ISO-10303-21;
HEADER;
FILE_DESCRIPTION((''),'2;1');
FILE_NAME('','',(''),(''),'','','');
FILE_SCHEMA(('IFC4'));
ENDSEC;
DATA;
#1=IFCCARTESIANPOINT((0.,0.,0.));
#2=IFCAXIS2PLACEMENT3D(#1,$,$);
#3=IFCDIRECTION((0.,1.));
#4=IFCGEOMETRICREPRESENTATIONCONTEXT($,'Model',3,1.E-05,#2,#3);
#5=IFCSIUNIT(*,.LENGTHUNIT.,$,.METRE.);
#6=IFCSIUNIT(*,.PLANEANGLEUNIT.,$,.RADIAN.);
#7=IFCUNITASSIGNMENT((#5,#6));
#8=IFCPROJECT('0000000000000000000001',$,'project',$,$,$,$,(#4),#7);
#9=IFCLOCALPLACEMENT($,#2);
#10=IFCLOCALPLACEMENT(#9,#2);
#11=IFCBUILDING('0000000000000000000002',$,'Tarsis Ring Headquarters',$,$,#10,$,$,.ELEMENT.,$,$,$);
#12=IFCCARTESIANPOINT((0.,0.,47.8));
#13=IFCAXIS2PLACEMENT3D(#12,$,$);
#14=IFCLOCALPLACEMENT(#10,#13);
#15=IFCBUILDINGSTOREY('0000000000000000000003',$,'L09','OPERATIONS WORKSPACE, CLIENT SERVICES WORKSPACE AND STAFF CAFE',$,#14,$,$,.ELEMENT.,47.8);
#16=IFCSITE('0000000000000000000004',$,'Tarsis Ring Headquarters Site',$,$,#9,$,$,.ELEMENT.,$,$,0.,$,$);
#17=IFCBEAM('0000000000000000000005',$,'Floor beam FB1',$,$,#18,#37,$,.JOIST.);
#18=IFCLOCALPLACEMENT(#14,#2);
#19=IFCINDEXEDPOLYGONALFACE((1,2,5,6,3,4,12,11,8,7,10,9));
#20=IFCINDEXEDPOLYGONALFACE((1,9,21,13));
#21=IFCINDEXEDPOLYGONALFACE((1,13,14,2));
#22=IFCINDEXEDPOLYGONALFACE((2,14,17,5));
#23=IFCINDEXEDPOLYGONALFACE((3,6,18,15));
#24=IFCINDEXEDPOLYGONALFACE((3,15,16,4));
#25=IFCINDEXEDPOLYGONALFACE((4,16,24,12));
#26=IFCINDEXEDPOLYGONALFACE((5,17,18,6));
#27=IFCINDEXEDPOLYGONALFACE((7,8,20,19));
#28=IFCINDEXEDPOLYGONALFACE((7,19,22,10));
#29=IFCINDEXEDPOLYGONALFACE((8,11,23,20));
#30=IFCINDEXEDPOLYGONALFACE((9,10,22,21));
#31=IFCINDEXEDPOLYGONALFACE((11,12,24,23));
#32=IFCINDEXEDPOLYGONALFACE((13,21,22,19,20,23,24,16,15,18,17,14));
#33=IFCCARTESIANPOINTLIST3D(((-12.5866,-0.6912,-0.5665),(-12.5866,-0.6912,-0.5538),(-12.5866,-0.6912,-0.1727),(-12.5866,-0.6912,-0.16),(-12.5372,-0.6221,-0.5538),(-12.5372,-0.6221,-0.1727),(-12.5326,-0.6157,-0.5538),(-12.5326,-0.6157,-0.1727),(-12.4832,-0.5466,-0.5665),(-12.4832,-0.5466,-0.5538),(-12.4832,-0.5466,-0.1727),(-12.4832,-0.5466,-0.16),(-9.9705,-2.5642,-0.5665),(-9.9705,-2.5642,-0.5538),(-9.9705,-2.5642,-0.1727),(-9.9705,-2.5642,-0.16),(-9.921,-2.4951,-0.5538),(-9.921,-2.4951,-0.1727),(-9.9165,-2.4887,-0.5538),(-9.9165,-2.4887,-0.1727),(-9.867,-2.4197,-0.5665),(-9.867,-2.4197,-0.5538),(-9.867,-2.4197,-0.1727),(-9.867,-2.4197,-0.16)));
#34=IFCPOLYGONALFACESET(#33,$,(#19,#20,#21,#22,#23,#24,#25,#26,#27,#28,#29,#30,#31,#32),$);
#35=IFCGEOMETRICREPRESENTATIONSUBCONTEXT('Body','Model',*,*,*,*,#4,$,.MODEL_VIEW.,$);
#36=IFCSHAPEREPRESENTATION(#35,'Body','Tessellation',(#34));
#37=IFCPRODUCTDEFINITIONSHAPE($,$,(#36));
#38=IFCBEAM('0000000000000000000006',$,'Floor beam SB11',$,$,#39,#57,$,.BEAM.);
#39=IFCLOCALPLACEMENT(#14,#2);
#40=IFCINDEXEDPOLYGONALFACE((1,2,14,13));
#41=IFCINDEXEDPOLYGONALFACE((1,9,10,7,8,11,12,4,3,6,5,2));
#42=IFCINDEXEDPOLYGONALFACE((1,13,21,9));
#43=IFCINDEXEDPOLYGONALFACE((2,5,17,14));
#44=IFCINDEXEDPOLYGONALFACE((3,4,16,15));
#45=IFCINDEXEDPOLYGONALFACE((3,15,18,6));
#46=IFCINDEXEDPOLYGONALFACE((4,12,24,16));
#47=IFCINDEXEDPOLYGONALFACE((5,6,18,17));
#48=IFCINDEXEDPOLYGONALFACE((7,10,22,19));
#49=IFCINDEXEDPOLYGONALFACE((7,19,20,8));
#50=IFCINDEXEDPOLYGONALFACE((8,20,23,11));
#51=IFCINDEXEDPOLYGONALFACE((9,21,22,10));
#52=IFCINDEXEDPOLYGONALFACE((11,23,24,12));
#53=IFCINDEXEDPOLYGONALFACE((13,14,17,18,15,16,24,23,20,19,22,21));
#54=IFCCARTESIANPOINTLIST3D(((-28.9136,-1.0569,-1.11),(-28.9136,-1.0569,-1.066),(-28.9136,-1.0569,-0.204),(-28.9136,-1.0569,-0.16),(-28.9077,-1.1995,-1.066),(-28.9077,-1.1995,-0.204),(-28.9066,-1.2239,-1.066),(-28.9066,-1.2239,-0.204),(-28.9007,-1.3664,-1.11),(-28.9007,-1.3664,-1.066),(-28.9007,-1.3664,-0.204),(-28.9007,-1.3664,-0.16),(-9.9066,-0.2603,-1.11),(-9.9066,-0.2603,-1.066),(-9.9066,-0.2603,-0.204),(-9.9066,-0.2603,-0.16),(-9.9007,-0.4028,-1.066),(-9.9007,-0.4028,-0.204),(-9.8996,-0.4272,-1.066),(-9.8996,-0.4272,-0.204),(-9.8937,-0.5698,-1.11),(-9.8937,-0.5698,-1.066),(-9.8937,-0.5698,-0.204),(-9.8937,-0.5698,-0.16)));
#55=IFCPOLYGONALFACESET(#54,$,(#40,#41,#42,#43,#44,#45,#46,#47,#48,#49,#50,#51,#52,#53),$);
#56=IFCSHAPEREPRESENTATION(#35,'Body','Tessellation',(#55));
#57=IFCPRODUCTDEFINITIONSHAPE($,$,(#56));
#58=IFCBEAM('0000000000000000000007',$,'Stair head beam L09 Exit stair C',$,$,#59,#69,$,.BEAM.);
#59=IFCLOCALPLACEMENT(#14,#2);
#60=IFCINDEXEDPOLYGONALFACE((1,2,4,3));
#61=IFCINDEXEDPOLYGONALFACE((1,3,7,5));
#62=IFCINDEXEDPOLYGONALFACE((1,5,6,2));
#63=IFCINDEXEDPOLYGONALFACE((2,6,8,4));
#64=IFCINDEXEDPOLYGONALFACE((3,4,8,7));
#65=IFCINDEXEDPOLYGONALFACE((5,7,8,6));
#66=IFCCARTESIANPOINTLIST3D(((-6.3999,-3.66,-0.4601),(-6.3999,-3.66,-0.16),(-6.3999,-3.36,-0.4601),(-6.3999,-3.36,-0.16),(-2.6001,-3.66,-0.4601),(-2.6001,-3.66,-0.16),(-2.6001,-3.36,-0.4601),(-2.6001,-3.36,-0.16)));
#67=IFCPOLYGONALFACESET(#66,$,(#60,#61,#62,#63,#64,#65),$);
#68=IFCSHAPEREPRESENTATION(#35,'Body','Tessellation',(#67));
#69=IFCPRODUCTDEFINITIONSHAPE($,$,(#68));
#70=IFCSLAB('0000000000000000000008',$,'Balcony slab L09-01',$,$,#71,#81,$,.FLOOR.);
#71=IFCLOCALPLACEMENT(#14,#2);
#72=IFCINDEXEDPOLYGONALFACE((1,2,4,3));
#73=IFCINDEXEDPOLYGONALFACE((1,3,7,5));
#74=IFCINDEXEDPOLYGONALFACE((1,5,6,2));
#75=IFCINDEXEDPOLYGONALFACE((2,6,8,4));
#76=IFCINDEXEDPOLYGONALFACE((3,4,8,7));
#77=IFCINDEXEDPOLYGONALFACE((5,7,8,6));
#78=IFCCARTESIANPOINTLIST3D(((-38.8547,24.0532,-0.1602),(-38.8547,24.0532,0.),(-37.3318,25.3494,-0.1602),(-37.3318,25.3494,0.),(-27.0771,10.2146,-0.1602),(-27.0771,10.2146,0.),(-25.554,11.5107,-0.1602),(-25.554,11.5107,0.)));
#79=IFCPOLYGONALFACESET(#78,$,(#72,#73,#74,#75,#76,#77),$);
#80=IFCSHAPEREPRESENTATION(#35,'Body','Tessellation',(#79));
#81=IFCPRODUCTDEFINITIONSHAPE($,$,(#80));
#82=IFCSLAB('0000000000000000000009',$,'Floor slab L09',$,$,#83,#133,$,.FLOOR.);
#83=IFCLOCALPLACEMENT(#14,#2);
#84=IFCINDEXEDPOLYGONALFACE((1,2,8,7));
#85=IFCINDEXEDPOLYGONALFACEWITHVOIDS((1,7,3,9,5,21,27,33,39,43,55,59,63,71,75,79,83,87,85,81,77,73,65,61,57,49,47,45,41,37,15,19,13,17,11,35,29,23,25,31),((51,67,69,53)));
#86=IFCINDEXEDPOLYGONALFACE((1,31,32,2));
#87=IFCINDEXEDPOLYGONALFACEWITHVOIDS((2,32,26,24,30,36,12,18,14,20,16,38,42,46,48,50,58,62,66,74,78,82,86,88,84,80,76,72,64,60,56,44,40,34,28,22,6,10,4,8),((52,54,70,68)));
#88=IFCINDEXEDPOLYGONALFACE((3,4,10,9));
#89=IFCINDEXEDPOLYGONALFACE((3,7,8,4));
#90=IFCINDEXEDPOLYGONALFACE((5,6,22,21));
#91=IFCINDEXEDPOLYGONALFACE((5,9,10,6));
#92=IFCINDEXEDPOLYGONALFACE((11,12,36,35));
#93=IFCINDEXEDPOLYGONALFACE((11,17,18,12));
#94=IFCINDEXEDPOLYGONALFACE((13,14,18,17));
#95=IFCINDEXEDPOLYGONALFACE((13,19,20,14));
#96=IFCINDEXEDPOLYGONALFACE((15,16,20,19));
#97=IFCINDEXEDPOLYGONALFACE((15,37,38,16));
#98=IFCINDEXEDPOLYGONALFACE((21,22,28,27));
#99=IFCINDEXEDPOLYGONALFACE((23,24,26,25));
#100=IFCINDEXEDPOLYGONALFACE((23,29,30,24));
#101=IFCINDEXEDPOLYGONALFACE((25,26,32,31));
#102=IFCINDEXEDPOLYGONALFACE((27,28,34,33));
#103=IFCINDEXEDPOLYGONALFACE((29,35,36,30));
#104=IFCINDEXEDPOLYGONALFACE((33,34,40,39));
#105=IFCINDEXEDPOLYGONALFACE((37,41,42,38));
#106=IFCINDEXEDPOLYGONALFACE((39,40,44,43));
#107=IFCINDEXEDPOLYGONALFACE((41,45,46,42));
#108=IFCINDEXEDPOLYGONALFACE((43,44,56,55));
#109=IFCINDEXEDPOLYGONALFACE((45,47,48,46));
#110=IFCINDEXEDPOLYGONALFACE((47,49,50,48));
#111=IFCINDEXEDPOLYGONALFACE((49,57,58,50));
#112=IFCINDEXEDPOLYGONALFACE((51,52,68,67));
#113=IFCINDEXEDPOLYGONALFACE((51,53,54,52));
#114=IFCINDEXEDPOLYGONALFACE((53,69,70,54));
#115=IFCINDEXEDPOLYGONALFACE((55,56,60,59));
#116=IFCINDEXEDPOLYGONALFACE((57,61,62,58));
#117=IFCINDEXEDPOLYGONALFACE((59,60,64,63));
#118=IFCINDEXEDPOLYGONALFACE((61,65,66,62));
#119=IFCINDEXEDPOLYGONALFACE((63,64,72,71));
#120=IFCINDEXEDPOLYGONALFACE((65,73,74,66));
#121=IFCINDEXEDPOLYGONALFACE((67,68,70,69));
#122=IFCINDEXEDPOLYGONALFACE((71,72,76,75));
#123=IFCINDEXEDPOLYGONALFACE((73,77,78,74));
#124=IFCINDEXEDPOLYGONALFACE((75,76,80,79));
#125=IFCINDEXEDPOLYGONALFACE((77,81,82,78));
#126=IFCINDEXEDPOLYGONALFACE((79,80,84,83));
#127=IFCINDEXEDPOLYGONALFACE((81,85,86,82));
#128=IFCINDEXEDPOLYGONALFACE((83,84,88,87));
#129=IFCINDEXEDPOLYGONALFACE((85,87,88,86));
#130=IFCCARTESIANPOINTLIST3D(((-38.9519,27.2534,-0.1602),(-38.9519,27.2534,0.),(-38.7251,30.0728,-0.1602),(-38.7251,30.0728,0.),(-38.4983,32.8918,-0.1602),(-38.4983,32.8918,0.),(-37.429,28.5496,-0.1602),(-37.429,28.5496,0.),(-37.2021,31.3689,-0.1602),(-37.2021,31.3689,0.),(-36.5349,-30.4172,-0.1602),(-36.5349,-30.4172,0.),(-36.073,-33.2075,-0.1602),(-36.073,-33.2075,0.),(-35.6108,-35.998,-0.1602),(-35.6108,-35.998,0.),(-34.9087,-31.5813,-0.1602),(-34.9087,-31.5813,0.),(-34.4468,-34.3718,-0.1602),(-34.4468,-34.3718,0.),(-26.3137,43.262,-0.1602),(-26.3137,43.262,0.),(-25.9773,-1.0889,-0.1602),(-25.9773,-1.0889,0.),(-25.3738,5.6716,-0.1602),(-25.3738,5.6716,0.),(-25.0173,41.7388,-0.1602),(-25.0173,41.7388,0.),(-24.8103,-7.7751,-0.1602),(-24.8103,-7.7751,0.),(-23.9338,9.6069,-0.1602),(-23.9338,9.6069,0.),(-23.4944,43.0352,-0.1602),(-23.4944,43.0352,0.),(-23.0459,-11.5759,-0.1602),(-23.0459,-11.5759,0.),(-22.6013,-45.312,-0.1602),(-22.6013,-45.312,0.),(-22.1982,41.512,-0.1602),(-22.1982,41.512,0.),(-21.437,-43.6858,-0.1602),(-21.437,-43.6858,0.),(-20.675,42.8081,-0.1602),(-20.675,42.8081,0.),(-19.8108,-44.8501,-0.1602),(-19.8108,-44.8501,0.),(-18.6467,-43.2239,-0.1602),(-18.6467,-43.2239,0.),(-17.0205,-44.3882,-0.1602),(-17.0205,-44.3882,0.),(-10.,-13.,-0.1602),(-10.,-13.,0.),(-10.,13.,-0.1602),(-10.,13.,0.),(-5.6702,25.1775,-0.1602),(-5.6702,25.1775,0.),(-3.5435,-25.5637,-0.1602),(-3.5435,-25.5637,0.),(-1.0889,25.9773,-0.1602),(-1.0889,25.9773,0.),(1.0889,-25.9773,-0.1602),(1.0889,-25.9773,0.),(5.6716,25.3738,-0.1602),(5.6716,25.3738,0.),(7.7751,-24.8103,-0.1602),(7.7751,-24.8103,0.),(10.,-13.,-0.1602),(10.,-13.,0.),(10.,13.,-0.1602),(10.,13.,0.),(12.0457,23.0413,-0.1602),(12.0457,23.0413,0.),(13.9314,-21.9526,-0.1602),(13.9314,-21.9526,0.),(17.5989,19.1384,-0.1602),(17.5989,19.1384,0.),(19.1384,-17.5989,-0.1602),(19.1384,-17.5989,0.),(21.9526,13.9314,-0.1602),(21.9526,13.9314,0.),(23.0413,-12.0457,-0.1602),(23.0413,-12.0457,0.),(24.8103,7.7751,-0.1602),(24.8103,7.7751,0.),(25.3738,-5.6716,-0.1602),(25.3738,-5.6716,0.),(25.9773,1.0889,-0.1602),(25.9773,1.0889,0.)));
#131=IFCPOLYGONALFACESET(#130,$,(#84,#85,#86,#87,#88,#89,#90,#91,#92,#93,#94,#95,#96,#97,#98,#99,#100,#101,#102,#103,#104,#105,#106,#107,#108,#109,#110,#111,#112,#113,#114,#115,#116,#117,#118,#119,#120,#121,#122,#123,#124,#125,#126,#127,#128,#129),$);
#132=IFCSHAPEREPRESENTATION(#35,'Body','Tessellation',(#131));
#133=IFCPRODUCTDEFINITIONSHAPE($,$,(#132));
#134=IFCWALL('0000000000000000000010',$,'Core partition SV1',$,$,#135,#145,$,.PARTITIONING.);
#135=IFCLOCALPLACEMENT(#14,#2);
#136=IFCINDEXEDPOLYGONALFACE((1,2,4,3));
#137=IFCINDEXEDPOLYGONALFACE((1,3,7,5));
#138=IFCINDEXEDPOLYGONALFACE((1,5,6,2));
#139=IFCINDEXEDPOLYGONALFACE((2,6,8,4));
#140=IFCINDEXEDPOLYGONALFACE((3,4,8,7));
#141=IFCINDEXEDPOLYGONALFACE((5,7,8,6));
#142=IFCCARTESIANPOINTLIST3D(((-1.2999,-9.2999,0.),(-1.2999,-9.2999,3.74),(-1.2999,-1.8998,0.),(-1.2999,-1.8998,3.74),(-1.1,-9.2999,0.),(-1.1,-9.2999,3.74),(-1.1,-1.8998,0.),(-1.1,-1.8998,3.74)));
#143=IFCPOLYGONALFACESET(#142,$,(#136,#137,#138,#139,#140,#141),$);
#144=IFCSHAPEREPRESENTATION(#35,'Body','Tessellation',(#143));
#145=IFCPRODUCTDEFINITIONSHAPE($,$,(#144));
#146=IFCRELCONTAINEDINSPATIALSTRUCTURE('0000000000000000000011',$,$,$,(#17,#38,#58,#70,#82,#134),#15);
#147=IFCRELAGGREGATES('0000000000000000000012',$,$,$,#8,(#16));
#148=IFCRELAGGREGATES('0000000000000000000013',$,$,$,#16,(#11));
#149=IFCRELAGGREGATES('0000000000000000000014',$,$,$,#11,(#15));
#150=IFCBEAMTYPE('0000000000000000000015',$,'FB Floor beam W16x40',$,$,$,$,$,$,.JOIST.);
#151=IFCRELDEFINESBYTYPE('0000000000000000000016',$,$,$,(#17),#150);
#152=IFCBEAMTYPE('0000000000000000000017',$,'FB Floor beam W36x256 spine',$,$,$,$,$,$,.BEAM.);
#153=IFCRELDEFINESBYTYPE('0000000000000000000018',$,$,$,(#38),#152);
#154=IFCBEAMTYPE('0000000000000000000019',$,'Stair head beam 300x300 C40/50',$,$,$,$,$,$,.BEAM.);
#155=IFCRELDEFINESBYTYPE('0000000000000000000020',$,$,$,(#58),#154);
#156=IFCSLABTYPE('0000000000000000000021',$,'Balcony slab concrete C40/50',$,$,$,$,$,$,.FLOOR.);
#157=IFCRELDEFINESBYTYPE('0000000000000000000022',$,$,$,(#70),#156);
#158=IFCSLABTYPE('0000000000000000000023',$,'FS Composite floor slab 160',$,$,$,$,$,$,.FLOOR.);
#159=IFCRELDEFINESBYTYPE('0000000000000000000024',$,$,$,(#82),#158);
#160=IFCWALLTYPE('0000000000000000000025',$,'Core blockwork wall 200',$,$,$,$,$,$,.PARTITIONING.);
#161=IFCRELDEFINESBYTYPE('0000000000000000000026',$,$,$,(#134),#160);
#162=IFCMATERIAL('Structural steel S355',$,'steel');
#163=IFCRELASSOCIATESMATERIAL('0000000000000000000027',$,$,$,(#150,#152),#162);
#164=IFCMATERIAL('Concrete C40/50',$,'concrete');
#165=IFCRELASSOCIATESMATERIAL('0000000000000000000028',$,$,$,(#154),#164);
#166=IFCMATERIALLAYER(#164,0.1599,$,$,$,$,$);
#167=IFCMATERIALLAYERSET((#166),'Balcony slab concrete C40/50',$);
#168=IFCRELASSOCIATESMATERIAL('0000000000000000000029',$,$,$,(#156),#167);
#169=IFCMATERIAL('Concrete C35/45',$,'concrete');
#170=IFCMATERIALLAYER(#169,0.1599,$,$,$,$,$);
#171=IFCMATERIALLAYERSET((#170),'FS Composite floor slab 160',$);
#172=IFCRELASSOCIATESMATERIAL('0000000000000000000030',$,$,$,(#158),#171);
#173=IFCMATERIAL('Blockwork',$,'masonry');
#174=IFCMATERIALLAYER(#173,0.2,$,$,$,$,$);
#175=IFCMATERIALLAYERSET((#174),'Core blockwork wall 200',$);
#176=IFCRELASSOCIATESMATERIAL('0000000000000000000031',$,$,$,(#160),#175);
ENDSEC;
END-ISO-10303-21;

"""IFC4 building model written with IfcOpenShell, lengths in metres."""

from ifc_helpers import new_model, si_unit, direction, frame, frame_2d, origin, origin_2d, place, context, subcontext, project, spatial, polyline, rectangle, i_section, outline, extrude, material, layer, layer_set, material_profile, profile_set, type_object, element, save


model = new_model("IFC4")

# Units and contexts
model_context = context("Model", 3, precision=1e-05, world=origin(), true_north=direction((0.0, 1.0)))
body_context = subcontext(model_context, "Body", "Model", "MODEL_VIEW")
ifc_project = project(units=[si_unit("LENGTHUNIT", "METRE"), si_unit("PLANEANGLEUNIT", "RADIAN")], contexts=[model_context])

# Site, building, storey
site_placement = place(None, origin())
site = spatial("IfcSite", under=ifc_project, at=site_placement, Name="Tarsis Ring Headquarters Site", CompositionType="ELEMENT", RefElevation=0.0)
building_placement = place(site_placement, origin())
building = spatial("IfcBuilding", under=site, at=building_placement, Name="Tarsis Ring Headquarters", CompositionType="ELEMENT")
storey_placement = place(building_placement, frame((0.0, 0.0, 47.8)))
storey = spatial("IfcBuildingStorey", under=building, at=storey_placement, Name="L09", Description="OPERATIONS WORKSPACE, CLIENT SERVICES WORKSPACE AND STAFF CAFE", CompositionType="ELEMENT", Elevation=47.8)

# Beams
ifc_material_1 = material(Name="Structural steel S355", Category="steel")
ifc_material_profile_1 = material_profile(ifc_material_1, i_section(OverallWidth=0.1777, OverallDepth=0.4065, WebThickness=0.0078, FlangeThickness=0.0127, at=origin_2d()), Name="W16x40")
ifc_profile_set_1 = profile_set([ifc_material_profile_1], Name="Structural steel S355")
beam_type_1 = type_object("IfcBeamType", Name="FB Floor beam W16x40", PredefinedType="JOIST", material=ifc_profile_set_1)
beam_1_placement = place(storey_placement, frame((-12.5349, -0.6189, -0.3633), z_axis=(0.813097, -0.582128, 0.0), x_axis=(0.582128, 0.813097, 0.0)))
element("IfcBeam", 1, at=beam_1_placement, inside=storey, type_object=beam_type_1, Name="Floor beam FB1", PredefinedType="JOIST", context=body_context, shape_type="SweptSolid", body=[
    extrude(i_section(OverallWidth=0.1777, OverallDepth=0.4065, WebThickness=0.0078, FlangeThickness=0.0127, at=origin_2d()), origin(), (0.0, 0.0, 1.0), 3.2175),
])
ifc_material_profile_2 = material_profile(ifc_material_1, i_section(OverallWidth=0.3098, OverallDepth=0.95, WebThickness=0.0244, FlangeThickness=0.0439, at=origin_2d()), Name="W36x256")
ifc_profile_set_2 = profile_set([ifc_material_profile_2], Name="Structural steel S355")
beam_type_2 = type_object("IfcBeamType", Name="FB Floor beam W36x256 spine", PredefinedType="BEAM", material=ifc_profile_set_2)
beam_2_placement = place(storey_placement, frame((-9.9001, -0.415, -0.635), z_axis=(-0.999123, -0.041876, 0.0), x_axis=(0.041876, -0.999123, 0.0)))
element("IfcBeam", 2, at=beam_2_placement, inside=storey, type_object=beam_type_2, Name="Floor beam SB11", PredefinedType="BEAM", context=body_context, shape_type="SweptSolid", body=[
    extrude(i_section(OverallWidth=0.3098, OverallDepth=0.95, WebThickness=0.0244, FlangeThickness=0.0439, at=origin_2d()), origin(), (0.0, 0.0, 1.0), 19.0237),
])
ifc_material_2 = material(Name="Concrete C40/50", Category="concrete")
ifc_material_profile_3 = material_profile(ifc_material_2, rectangle(XDim=0.3, YDim=0.3, at=origin_2d()), Name="Stair head beam 300x300 C40/50")
ifc_profile_set_3 = profile_set([ifc_material_profile_3], Name="Concrete C40/50")
beam_type_3 = type_object("IfcBeamType", Name="Stair head beam 300x300 C40/50", PredefinedType="BEAM", material=ifc_profile_set_3)
beam_3_placement = place(storey_placement, frame((-6.3999, -3.51, -0.3101), z_axis=(1.0, 0.0, 0.0), x_axis=(0.0, 1.0, 0.0)))
element("IfcBeam", 3, at=beam_3_placement, inside=storey, type_object=beam_type_3, Name="Stair head beam L09 Exit stair C", PredefinedType="BEAM", context=body_context, shape_type="SweptSolid", body=[
    extrude(rectangle(XDim=0.3, YDim=0.3, at=origin_2d()), origin(), (0.0, 0.0, 1.0), 3.7998),
])

# Slabs
ifc_layer_1 = layer(ifc_material_2, 0.1599)
ifc_layer_set_1 = layer_set([ifc_layer_1], Name="Balcony slab concrete C40/50")
slab_type_1 = type_object("IfcSlabType", Name="Balcony slab concrete C40/50", PredefinedType="FLOOR", material=ifc_layer_set_1)
slab_1_placement = place(storey_placement, frame((0.0, 0.0, -0.1602)))
element("IfcSlab", 4, at=slab_1_placement, inside=storey, type_object=slab_type_1, Name="Balcony slab L09-01", PredefinedType="FLOOR", context=body_context, shape_type="SweptSolid", body=[
    extrude(outline(polyline([(-37.3318, 25.3494), (-38.8547, 24.0532), (-27.0771, 10.2146), (-25.554, 11.5107), (-37.3318, 25.3494)])), origin(), (0.0, 0.0, 1.0), 0.1602),
])
ifc_material_3 = material(Name="Concrete C35/45", Category="concrete")
ifc_layer_2 = layer(ifc_material_3, 0.1599)
ifc_layer_set_2 = layer_set([ifc_layer_2], Name="FS Composite floor slab 160")
slab_type_2 = type_object("IfcSlabType", Name="FS Composite floor slab 160", PredefinedType="FLOOR", material=ifc_layer_set_2)
slab_2_placement = place(storey_placement, frame((0.0, 0.0, -0.1602)))
element("IfcSlab", 5, at=slab_2_placement, inside=storey, type_object=slab_type_2, Name="Floor slab L09", PredefinedType="FLOOR", context=body_context, shape_type="SweptSolid", body=[
    extrude(outline(polyline([(-23.9338, 9.6069), (-25.3738, 5.6716), (-25.9773, -1.0889), (-24.8103, -7.7751), (-23.0459, -11.5759), (-36.5349, -30.4172), (-34.9087, -31.5813), (-36.073, -33.2075), (-34.4468, -34.3718), (-35.6108, -35.998), (-22.6013, -45.312), (-21.437, -43.6858), (-19.8108, -44.8501), (-18.6467, -43.2239), (-17.0205, -44.3882), (-3.5435, -25.5637), (1.0889, -25.9773), (7.7751, -24.8103), (13.9314, -21.9526), (19.1384, -17.5989), (23.0413, -12.0457), (25.3738, -5.6716), (25.9773, 1.0889), (24.8103, 7.7751), (21.9526, 13.9314), (17.5989, 19.1384), (12.0457, 23.0413), (5.6716, 25.3738), (-1.0889, 25.9773), (-5.6702, 25.1775), (-20.675, 42.8081), (-22.1982, 41.512), (-23.4944, 43.0352), (-25.0173, 41.7388), (-26.3137, 43.262), (-38.4983, 32.8918), (-37.2021, 31.3689), (-38.7251, 30.0728), (-37.429, 28.5496), (-38.9519, 27.2534), (-23.9338, 9.6069)]), holes=[polyline([(-10.0, -13.0), (-10.0, 13.0), (10.0, 13.0), (10.0, -13.0), (-10.0, -13.0)])]), origin(), (0.0, 0.0, 1.0), 0.1602),
])

# Wall
ifc_material_4 = material(Name="Blockwork", Category="masonry")
ifc_layer_3 = layer(ifc_material_4, 0.2)
ifc_layer_set_3 = layer_set([ifc_layer_3], Name="Core blockwork wall 200")
wall_type_1 = type_object("IfcWallType", Name="Core blockwork wall 200", PredefinedType="PARTITIONING", material=ifc_layer_set_3)
wall_1_placement = place(storey_placement, frame((-1.2, -9.3, 0.0), z_axis=(0.0, 0.0, 1.0), x_axis=(0.0, 1.0, 0.0)))
element("IfcWall", 6, at=wall_1_placement, inside=storey, type_object=wall_type_1, Name="Core partition SV1", PredefinedType="PARTITIONING", context=body_context, shape_type="SweptSolid", body=[
    extrude(rectangle(XDim=7.4001, YDim=0.2, at=frame_2d((3.7002, 0.0))), origin(), (0.0, 0.0, 1.0), 3.74),
])

save(model, "model.ifc")
